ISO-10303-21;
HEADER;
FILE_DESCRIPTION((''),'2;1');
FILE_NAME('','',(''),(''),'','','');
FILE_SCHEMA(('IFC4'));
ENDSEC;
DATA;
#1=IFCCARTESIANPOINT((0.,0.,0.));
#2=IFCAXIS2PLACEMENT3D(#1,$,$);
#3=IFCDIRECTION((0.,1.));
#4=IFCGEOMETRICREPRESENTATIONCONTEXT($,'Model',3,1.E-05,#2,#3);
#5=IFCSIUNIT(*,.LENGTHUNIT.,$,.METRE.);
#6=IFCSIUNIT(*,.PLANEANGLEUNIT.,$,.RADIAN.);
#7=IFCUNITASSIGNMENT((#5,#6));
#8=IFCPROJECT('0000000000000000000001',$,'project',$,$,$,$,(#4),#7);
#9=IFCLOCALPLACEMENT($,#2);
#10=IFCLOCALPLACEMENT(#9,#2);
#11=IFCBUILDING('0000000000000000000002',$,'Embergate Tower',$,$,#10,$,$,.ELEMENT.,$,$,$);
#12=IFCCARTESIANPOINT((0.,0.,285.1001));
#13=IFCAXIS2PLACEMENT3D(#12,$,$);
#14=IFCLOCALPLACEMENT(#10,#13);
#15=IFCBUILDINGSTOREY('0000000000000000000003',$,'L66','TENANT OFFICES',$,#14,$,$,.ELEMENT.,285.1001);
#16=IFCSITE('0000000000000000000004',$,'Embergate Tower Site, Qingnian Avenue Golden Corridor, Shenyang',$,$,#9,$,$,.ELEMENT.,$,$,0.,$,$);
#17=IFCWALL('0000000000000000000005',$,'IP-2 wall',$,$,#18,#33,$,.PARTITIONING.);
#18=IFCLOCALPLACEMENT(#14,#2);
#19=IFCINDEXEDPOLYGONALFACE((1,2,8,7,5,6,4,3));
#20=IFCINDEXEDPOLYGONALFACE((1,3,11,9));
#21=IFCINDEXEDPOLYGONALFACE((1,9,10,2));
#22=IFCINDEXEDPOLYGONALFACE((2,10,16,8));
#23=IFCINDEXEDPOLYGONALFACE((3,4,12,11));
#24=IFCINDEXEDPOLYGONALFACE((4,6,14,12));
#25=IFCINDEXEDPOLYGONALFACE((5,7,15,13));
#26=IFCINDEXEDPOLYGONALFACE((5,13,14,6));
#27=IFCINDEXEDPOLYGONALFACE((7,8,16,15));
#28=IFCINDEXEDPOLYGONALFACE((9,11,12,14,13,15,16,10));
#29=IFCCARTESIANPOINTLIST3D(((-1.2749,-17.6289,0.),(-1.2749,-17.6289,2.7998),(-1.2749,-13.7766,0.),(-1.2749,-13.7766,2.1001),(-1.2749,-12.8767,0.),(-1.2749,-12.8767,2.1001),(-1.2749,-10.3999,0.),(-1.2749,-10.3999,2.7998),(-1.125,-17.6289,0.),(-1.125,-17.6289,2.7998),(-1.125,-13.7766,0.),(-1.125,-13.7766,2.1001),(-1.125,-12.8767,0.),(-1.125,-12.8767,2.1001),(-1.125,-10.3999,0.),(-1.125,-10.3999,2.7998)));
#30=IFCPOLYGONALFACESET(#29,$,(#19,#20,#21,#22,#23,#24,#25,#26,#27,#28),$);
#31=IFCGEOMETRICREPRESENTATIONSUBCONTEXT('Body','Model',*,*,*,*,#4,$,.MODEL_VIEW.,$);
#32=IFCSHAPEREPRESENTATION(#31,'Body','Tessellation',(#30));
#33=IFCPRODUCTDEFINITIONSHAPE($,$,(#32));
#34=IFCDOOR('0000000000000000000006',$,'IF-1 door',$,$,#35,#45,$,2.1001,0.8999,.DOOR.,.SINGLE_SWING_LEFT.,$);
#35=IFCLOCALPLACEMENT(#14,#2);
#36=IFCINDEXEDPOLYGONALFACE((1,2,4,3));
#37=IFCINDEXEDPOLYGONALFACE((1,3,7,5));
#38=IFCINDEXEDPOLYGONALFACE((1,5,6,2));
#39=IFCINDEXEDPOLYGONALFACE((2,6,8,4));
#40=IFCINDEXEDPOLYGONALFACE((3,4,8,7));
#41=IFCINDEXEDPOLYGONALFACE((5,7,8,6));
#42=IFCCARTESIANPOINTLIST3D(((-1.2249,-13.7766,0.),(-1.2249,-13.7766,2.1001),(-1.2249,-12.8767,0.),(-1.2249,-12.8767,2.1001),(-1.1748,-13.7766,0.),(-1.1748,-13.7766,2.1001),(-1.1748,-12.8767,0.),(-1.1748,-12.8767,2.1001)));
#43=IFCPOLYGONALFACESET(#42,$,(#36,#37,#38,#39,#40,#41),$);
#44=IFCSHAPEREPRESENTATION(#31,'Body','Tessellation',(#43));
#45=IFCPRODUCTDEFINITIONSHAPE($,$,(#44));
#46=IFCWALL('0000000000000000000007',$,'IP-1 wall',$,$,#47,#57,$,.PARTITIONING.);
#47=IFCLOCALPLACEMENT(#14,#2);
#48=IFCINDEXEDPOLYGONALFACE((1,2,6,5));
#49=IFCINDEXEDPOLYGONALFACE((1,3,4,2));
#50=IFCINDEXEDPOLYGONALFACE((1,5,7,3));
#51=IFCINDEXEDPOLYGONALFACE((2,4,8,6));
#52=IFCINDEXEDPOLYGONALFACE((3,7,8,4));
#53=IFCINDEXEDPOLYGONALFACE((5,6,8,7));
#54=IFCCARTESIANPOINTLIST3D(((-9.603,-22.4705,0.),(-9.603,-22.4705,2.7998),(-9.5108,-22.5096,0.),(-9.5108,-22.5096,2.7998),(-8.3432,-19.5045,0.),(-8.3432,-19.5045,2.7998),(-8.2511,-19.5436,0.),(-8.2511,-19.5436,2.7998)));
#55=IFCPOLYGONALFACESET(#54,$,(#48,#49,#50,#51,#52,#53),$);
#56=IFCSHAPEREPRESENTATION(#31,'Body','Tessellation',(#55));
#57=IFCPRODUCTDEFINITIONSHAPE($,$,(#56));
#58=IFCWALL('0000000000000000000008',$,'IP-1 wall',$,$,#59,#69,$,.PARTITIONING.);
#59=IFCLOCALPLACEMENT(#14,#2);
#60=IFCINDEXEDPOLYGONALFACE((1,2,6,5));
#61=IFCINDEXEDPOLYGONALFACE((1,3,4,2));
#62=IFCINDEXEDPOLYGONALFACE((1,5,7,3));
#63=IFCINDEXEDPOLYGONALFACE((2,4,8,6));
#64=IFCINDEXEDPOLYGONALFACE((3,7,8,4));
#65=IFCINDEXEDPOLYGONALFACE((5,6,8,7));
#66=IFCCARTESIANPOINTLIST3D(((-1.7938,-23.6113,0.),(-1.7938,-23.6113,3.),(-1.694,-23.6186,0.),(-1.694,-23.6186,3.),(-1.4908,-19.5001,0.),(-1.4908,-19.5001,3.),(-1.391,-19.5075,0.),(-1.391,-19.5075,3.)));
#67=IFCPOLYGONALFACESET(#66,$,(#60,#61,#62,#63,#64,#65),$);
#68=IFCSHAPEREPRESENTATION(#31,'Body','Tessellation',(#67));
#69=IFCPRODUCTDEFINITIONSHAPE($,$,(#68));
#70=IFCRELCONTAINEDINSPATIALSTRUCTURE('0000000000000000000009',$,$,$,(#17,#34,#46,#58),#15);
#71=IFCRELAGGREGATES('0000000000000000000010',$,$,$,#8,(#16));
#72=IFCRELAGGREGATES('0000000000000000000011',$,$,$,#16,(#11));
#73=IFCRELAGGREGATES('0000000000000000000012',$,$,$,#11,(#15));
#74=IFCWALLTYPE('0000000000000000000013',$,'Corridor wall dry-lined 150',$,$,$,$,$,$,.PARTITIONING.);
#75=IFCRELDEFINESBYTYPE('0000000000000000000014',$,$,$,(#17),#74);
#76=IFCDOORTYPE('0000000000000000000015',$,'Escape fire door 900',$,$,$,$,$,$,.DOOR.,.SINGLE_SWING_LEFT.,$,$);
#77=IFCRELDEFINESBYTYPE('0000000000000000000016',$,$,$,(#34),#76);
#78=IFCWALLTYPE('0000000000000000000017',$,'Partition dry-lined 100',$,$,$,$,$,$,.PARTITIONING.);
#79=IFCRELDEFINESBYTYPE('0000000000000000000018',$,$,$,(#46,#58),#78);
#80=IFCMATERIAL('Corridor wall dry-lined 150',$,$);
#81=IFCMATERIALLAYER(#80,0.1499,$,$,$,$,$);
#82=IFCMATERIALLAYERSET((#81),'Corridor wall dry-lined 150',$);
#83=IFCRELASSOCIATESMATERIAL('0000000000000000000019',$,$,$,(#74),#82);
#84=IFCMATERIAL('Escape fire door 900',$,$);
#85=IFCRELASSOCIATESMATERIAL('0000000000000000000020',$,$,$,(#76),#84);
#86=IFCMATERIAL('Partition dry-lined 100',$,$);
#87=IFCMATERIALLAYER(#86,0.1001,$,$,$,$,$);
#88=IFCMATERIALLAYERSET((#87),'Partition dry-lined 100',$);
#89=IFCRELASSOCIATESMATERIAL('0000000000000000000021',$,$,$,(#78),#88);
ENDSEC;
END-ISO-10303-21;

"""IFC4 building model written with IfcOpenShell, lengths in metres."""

from ifc_helpers import new_model, si_unit, direction, frame, frame_2d, origin, place, context, subcontext, project, spatial, rectangle, extrude, source, transform, mapped, material, layer, layer_set, type_object, element, fill, save


model = new_model("IFC4")

# Units and contexts
model_context = context("Model", 3, precision=1e-05, world=origin(), true_north=direction((0.0, 1.0)))
body_context = subcontext(model_context, "Body", "Model", "MODEL_VIEW")
ifc_project = project(units=[si_unit("LENGTHUNIT", "METRE"), si_unit("PLANEANGLEUNIT", "RADIAN")], contexts=[model_context])

# Site, building, storey
site_placement = place(None, origin())
site = spatial("IfcSite", under=ifc_project, at=site_placement, Name="Embergate Tower Site, Qingnian Avenue Golden Corridor, Shenyang", CompositionType="ELEMENT", RefElevation=0.0)
building_placement = place(site_placement, origin())
building = spatial("IfcBuilding", under=site, at=building_placement, Name="Embergate Tower", CompositionType="ELEMENT")
storey_placement = place(building_placement, frame((0.0, 0.0, 285.1001)))
storey = spatial("IfcBuildingStorey", under=building, at=storey_placement, Name="L66", Description="TENANT OFFICES", CompositionType="ELEMENT", Elevation=285.1001)

# Shared definitions
ifc_material_1 = material(Name="Corridor wall dry-lined 150")
ifc_layer_1 = layer(ifc_material_1, 0.1499)
ifc_layer_set_1 = layer_set([ifc_layer_1], Name="Corridor wall dry-lined 150")
wall_type_1 = type_object("IfcWallType", Name="Corridor wall dry-lined 150", PredefinedType="PARTITIONING", material=ifc_layer_set_1)

# Shared definitions
shared_shape_1 = source(origin(), body_context, "Body", "SweptSolid", [
    extrude(rectangle(XDim=0.8999, YDim=2.1001, at=frame_2d((0.45, 1.05))), frame((0.0, 0.085, 0.0), z_axis=(0.0, -1.0, 0.0), x_axis=(1.0, 0.0, 0.0)), (0.0, 0.0, 1.0), 0.1699),
])
ifc_material_2 = material(Name="Escape fire door 900")
door_type_1 = type_object("IfcDoorType", Name="Escape fire door 900", OperationType="SINGLE_SWING_LEFT", PredefinedType="DOOR", material=ifc_material_2)
shared_shape_2 = source(origin(), body_context, "Body", "SweptSolid", [
    extrude(rectangle(XDim=0.8999, YDim=2.1001, at=frame_2d((0.45, 1.05))), frame((0.0, 0.0249, 0.0), z_axis=(0.0, -1.0, 0.0), x_axis=(1.0, 0.0, 0.0)), (0.0, 0.0, 1.0), 0.05),
])

# Wall, opening, door
shared_shape_3 = source(origin(), body_context, "Body", "SweptSolid", [
    extrude(rectangle(XDim=7.229, YDim=0.1499, at=frame_2d((3.6145, 0.0))), origin(), (0.0, 0.0, 1.0), 2.7998),
])
wall_1_placement = place(storey_placement, frame((-1.2, -17.6289, 0.0), z_axis=(0.0, 0.0, 1.0), x_axis=(0.0, 1.0, 0.0)))
wall_1 = element("IfcWall", 1, at=wall_1_placement, inside=storey, type_object=wall_type_1, Name="IP-2 wall", PredefinedType="PARTITIONING", context=body_context, shape_type="MappedRepresentation", body=[
    mapped(shared_shape_3, transform((0.0, 0.0, 0.0))),
])
opening_1_placement = place(wall_1_placement, frame((3.8523, 0.0, 0.0)))
opening_1 = element("IfcOpeningElement", 2, at=opening_1_placement, cuts=wall_1, PredefinedType="OPENING", context=body_context, shape_type="MappedRepresentation", body=[
    mapped(shared_shape_1, transform((0.0, 0.0, 0.0))),
])
door_1_placement = place(opening_1_placement, origin())
door_1 = element("IfcDoor", 3, at=door_1_placement, inside=storey, type_object=door_type_1, Name="IF-1 door", OperationType="SINGLE_SWING_LEFT", OverallHeight=2.1001, OverallWidth=0.8999, PredefinedType="DOOR", context=body_context, shape_type="MappedRepresentation", body=[
    mapped(shared_shape_2, transform((0.0, 0.0, 0.0))),
])
fill(opening_1, door_1)

# Walls
ifc_material_3 = material(Name="Partition dry-lined 100")
ifc_layer_2 = layer(ifc_material_3, 0.1001)
ifc_layer_set_2 = layer_set([ifc_layer_2], Name="Partition dry-lined 100")
wall_type_2 = type_object("IfcWallType", Name="Partition dry-lined 100", PredefinedType="PARTITIONING", material=ifc_layer_set_2)
shared_shape_4 = source(origin(), body_context, "Body", "SweptSolid", [
    extrude(rectangle(XDim=3.2224, YDim=0.1001, at=frame_2d((1.6113, 0.0))), origin(), (0.0, 0.0, 1.0), 2.7998),
])
wall_2_placement = place(storey_placement, frame((-8.2971, -19.5239, 0.0), z_axis=(0.0, 0.0, 1.0), x_axis=(-0.390927, -0.920422, 0.0)))
element("IfcWall", 4, at=wall_2_placement, inside=storey, type_object=wall_type_2, Name="IP-1 wall", PredefinedType="PARTITIONING", context=body_context, shape_type="MappedRepresentation", body=[
    mapped(shared_shape_4, transform((0.0, 0.0, 0.0))),
])
shared_shape_5 = source(origin(), body_context, "Body", "SweptSolid", [
    extrude(rectangle(XDim=4.1223, YDim=0.1001, at=frame_2d((2.061, 0.0))), origin(), (0.0, 0.0, 1.0), 3.0),
])
wall_3_placement = place(storey_placement, frame((-1.4409, -19.5039, 0.0), z_axis=(0.0, 0.0, 1.0), x_axis=(-0.073499, -0.997295, 0.0)))
element("IfcWall", 5, at=wall_3_placement, inside=storey, type_object=wall_type_2, Name="IP-1 wall", PredefinedType="PARTITIONING", context=body_context, shape_type="MappedRepresentation", body=[
    mapped(shared_shape_5, transform((0.0, 0.0, 0.0))),
])

save(model, "model.ifc")
